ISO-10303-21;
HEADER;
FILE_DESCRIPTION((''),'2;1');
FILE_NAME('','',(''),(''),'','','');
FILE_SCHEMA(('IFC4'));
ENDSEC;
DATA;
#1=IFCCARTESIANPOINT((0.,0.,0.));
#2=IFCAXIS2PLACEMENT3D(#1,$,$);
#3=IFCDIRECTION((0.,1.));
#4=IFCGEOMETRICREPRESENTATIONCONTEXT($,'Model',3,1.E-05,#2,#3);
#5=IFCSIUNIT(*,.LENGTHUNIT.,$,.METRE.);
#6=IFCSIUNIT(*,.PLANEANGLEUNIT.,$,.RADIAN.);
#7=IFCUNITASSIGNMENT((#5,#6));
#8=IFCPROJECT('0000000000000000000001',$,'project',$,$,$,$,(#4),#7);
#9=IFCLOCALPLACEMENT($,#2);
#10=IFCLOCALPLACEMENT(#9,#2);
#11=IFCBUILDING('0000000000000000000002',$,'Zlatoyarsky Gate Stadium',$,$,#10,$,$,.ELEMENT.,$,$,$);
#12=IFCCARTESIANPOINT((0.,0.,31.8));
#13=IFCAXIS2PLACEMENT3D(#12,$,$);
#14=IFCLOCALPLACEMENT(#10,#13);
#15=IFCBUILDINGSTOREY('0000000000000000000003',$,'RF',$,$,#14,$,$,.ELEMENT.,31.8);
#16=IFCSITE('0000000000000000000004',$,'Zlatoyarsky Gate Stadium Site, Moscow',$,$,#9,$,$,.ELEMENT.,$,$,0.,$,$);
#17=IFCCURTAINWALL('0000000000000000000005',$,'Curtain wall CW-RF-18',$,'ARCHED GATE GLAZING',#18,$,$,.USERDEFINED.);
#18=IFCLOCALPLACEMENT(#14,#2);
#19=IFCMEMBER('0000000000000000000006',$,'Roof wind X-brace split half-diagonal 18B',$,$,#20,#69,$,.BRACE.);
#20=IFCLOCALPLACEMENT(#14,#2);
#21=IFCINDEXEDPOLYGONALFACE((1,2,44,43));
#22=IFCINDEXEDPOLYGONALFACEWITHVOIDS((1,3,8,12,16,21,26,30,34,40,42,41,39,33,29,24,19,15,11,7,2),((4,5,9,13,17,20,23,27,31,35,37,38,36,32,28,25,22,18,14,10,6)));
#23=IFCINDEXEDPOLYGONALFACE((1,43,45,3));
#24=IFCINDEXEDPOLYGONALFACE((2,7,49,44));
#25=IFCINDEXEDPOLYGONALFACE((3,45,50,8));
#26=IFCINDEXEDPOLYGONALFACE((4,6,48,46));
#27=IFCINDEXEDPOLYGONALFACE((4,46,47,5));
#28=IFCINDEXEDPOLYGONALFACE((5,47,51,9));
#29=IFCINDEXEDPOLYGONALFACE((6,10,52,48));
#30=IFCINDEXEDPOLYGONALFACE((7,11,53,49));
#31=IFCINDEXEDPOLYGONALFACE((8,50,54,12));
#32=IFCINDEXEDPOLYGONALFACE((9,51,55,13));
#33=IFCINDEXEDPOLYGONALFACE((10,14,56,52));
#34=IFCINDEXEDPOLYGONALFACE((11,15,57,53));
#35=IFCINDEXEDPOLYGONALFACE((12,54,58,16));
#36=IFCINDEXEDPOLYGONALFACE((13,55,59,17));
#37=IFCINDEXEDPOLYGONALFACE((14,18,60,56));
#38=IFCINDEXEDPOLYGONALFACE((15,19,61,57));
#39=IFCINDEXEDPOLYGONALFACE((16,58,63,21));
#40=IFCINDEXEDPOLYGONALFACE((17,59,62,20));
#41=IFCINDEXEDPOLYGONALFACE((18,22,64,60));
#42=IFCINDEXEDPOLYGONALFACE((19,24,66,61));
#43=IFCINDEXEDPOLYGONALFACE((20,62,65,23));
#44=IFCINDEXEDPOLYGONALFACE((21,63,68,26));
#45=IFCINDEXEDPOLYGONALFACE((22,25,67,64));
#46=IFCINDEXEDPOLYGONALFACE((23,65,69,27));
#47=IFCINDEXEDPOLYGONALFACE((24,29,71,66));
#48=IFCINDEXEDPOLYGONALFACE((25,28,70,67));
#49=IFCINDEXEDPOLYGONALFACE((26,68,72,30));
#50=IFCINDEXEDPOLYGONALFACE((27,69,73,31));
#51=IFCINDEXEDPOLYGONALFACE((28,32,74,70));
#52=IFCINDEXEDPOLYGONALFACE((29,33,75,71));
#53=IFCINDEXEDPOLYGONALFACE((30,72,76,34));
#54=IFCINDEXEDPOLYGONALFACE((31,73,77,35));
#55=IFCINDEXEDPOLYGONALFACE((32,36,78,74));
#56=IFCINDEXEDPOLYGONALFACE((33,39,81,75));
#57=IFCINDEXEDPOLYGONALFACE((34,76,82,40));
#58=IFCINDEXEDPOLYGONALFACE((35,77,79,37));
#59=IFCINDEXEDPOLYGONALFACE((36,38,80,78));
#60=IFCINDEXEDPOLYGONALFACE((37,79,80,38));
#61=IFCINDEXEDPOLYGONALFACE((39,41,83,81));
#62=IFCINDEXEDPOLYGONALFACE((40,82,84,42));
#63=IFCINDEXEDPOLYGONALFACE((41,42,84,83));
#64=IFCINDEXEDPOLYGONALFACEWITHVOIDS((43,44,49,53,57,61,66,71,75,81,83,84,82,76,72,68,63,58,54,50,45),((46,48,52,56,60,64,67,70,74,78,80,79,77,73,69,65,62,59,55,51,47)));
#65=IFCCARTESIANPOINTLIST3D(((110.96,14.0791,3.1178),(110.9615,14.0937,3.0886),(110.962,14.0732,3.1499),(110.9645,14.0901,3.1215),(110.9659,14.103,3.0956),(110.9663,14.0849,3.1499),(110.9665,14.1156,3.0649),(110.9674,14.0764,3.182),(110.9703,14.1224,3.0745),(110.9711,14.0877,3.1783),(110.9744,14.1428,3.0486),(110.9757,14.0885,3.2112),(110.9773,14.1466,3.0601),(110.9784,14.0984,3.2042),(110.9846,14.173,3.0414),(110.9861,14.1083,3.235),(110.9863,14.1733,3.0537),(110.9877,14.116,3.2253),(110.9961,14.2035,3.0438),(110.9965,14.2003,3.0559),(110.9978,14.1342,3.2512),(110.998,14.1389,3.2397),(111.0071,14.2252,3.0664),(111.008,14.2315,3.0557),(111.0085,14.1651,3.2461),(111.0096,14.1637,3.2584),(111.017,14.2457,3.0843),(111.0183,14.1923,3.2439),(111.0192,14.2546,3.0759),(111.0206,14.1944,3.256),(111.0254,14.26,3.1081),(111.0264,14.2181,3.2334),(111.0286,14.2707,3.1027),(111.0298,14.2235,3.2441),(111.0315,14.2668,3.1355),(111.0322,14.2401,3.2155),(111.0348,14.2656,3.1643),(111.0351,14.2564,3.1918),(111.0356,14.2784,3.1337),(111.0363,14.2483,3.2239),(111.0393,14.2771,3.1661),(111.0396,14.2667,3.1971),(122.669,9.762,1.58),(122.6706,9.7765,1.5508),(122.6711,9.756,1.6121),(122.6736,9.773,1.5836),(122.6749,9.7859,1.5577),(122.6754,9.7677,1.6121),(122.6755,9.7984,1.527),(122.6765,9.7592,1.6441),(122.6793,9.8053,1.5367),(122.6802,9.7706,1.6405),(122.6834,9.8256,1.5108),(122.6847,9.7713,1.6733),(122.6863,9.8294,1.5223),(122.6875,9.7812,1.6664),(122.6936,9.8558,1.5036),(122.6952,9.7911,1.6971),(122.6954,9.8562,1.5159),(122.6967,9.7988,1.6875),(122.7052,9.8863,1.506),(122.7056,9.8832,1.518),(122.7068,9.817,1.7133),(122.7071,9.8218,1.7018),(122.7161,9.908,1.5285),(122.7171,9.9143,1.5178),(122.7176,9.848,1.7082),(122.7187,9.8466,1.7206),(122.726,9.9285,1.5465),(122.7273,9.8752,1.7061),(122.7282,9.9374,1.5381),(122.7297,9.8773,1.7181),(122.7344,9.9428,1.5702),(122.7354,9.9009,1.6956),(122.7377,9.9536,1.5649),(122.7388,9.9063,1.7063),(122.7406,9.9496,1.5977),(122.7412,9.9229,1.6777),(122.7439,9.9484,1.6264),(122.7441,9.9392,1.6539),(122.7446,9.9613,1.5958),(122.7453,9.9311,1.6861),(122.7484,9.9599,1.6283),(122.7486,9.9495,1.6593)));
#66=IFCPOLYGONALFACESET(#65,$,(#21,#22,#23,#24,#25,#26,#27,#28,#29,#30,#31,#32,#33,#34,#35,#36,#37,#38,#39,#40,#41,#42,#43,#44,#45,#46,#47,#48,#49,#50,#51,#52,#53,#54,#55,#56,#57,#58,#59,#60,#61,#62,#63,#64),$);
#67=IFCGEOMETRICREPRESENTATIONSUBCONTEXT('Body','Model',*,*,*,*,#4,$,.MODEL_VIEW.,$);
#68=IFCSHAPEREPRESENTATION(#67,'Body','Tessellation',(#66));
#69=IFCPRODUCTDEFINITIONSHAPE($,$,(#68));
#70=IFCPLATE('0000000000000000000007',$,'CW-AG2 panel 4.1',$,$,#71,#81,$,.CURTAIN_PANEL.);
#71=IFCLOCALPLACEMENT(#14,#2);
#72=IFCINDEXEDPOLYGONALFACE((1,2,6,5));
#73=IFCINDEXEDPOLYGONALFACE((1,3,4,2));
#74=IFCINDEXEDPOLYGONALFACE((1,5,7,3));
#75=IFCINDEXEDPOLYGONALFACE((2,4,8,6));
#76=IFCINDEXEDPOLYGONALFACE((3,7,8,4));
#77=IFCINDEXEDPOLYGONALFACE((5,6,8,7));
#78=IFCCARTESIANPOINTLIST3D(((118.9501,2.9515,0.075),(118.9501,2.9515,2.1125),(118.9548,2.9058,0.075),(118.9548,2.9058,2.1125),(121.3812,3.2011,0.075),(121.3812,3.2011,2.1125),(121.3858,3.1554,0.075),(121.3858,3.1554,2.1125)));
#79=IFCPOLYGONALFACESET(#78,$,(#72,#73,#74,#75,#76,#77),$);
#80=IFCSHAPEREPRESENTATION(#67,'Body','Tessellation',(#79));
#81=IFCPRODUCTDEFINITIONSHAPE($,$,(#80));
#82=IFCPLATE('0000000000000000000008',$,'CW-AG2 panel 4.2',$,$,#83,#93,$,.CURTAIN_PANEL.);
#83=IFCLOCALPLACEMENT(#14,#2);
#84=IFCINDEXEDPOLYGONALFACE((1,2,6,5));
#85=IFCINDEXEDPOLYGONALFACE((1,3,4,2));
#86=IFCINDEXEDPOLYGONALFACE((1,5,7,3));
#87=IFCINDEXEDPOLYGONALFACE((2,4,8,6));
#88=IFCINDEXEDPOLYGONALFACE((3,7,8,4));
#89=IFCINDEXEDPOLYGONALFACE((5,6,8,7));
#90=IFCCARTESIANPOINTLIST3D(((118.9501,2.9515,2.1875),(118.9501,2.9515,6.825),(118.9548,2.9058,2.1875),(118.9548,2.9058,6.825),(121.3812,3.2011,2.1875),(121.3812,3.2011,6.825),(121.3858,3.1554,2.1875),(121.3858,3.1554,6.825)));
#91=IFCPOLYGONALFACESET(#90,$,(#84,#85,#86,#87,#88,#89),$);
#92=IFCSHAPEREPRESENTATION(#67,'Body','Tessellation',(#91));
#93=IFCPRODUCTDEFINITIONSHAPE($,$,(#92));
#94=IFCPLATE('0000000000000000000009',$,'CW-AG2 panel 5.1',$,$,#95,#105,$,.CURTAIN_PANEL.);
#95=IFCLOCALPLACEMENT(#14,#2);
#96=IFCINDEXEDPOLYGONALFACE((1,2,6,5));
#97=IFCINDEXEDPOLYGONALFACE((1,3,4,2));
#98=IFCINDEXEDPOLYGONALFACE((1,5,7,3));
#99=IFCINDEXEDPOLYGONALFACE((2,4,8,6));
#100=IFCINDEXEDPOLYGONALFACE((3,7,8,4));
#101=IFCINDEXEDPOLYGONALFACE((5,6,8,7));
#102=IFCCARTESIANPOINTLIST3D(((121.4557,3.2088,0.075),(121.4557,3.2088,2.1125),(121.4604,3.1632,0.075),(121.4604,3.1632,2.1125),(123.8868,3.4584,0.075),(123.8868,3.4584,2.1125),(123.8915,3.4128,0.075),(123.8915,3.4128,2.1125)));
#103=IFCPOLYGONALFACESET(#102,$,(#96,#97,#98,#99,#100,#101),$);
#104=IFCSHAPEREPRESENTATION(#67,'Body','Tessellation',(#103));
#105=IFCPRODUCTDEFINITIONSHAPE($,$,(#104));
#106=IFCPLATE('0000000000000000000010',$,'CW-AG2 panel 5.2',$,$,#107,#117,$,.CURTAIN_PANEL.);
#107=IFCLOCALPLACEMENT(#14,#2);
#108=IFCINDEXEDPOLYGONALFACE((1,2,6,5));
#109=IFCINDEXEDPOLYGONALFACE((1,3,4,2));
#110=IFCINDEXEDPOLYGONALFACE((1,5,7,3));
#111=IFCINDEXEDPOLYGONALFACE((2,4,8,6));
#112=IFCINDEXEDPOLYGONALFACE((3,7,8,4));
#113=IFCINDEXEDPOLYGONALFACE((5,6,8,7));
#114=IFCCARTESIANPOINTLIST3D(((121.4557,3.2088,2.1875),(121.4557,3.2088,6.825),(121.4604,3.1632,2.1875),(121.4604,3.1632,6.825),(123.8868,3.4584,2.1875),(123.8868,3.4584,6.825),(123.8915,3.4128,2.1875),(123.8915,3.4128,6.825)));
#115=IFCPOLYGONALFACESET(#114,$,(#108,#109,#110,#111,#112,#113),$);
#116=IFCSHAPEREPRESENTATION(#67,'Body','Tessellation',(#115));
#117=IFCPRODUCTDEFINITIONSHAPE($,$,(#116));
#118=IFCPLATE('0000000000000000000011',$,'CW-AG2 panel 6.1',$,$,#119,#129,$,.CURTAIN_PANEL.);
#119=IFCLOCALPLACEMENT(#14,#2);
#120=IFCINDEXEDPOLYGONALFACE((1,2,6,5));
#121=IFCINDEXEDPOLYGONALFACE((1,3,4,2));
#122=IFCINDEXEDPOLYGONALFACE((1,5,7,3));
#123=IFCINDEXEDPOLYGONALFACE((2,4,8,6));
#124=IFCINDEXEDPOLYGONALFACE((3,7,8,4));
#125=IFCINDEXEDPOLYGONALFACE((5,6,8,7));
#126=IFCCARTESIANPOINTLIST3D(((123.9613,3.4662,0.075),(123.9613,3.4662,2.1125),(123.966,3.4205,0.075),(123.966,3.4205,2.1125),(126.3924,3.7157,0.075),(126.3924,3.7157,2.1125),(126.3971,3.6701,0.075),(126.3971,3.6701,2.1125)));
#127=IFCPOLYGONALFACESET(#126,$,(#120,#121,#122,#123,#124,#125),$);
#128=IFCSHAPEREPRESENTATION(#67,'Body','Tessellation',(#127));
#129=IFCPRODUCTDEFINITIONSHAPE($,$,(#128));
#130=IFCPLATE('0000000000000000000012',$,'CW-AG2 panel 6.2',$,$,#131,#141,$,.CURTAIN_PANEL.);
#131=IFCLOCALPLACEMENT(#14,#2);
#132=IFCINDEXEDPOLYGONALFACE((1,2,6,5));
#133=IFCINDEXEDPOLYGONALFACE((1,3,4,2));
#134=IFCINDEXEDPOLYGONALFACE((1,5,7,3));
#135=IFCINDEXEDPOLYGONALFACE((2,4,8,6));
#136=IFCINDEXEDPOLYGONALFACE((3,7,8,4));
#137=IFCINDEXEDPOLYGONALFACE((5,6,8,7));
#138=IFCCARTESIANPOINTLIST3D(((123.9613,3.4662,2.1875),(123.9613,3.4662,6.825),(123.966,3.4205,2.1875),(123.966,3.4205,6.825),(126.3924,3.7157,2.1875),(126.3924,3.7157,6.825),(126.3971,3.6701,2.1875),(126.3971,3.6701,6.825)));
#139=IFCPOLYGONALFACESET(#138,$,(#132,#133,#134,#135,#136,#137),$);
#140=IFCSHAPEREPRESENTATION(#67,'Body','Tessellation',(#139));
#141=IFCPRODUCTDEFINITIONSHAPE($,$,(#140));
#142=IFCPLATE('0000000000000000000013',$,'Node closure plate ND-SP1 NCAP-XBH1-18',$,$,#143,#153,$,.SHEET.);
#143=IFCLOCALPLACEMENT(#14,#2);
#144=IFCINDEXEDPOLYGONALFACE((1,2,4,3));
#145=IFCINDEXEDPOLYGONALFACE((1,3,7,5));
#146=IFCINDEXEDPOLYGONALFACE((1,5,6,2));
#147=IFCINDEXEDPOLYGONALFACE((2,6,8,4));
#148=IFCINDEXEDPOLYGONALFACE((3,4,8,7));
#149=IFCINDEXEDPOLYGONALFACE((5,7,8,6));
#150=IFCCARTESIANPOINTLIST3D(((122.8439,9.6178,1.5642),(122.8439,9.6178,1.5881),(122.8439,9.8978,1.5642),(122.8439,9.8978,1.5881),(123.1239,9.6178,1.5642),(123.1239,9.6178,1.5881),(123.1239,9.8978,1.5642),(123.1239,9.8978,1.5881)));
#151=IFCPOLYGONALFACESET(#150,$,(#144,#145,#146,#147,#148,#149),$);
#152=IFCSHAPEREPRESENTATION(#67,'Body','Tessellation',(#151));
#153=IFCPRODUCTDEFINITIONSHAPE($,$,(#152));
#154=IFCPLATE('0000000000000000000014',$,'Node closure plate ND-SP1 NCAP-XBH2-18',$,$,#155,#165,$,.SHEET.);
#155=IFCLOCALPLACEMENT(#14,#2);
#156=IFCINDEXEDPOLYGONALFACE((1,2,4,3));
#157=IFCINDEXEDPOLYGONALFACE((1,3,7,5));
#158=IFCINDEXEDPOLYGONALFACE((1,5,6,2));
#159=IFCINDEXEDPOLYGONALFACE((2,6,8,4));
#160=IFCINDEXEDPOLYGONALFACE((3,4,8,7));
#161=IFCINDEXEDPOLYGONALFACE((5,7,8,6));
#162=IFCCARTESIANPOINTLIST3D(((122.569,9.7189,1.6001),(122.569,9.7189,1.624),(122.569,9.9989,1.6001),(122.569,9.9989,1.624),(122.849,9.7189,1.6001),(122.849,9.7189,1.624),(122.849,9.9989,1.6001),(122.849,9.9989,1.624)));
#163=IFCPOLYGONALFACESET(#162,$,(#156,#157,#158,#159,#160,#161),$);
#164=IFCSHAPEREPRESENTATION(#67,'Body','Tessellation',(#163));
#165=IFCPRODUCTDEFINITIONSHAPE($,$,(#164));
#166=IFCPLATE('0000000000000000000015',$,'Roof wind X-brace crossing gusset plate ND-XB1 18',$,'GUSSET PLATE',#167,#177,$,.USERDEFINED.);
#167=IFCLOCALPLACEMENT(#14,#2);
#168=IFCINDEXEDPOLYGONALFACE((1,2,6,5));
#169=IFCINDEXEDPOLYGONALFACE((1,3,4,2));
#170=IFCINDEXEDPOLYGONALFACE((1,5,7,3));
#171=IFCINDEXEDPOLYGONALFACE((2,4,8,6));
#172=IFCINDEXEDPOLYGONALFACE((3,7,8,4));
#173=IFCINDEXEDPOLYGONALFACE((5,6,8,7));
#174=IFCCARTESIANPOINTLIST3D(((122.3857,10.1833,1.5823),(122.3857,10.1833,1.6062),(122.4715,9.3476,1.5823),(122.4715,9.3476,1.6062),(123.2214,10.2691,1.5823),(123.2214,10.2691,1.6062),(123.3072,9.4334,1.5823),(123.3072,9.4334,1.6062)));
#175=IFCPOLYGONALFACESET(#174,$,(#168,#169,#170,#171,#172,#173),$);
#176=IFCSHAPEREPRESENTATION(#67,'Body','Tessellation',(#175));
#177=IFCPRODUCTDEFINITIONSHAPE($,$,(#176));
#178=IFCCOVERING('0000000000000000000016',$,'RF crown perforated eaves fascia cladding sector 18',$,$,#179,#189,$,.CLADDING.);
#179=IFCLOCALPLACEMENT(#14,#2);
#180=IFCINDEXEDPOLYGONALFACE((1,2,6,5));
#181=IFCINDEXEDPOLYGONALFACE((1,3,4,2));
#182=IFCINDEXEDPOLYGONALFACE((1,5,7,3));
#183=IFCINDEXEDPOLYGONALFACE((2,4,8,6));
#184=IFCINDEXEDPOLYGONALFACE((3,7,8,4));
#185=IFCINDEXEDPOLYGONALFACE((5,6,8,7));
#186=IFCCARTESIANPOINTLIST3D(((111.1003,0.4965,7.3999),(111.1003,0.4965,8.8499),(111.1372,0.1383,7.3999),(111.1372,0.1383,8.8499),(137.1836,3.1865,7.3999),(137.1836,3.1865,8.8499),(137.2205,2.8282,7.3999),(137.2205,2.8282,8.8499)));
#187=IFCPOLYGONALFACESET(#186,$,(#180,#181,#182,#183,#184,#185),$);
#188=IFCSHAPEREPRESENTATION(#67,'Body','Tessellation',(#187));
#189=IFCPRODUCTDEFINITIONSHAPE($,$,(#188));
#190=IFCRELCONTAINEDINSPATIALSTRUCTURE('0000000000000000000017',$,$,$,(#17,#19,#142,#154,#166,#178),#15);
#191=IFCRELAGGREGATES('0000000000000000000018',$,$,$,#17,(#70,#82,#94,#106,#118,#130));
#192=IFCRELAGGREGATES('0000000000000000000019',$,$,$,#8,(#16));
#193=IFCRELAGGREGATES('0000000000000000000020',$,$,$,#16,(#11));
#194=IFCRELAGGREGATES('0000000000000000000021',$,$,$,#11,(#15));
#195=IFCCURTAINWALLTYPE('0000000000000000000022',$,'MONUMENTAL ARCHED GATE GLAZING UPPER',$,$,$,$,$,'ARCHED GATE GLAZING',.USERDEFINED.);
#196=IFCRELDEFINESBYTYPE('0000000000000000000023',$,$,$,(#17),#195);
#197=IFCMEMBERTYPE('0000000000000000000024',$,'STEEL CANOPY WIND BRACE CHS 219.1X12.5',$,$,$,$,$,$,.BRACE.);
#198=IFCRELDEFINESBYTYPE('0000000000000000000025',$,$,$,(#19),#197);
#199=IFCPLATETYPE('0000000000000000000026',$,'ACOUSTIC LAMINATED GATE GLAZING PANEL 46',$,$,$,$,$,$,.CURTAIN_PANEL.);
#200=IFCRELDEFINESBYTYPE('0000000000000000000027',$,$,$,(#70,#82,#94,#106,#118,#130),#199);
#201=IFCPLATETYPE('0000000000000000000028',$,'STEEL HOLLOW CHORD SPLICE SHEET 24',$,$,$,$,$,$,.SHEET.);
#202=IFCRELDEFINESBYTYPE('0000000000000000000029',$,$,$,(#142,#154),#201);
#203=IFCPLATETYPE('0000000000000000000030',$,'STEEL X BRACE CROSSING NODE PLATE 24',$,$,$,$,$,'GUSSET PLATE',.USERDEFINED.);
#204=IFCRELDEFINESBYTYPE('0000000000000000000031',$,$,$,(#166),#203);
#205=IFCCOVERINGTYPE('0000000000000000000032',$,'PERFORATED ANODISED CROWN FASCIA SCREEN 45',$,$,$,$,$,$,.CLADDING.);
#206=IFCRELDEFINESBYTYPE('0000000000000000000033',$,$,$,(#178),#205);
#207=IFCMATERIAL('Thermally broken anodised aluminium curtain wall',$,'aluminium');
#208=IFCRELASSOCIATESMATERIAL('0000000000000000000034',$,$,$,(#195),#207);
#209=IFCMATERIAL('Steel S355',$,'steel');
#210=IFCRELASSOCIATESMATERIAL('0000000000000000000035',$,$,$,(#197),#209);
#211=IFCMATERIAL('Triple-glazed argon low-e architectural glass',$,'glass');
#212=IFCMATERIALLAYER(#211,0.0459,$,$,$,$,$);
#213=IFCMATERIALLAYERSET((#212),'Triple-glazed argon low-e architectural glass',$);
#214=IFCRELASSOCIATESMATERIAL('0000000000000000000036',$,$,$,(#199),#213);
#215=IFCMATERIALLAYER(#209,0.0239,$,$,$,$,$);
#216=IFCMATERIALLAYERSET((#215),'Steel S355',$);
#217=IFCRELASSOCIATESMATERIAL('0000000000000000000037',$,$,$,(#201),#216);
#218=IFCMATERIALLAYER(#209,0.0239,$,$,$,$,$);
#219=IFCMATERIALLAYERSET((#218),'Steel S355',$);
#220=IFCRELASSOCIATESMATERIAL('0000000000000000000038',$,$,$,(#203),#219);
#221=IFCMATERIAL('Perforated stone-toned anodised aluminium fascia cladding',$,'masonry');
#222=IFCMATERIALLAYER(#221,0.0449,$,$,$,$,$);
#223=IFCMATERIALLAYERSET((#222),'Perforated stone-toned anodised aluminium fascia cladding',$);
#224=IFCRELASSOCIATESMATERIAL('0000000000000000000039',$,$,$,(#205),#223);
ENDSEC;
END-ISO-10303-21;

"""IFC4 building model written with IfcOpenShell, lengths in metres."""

from ifc_helpers import new_model, si_unit, direction, frame, origin, origin_2d, place, context, subcontext, project, spatial, rectangle, hollow_circle, extrude, material, layer, layer_set, material_profile, profile_set, type_object, element, aggregate, save


model = new_model("IFC4")

# Units and contexts
model_context = context("Model", 3, precision=1e-05, world=origin(), true_north=direction((0.0, 1.0)))
body_context = subcontext(model_context, "Body", "Model", "MODEL_VIEW")
ifc_project = project(units=[si_unit("LENGTHUNIT", "METRE"), si_unit("PLANEANGLEUNIT", "RADIAN")], contexts=[model_context])

# Site, building, storey
site_placement = place(None, origin())
site = spatial("IfcSite", under=ifc_project, at=site_placement, Name="Zlatoyarsky Gate Stadium Site, Moscow", CompositionType="ELEMENT", RefElevation=0.0)
building_placement = place(site_placement, origin())
building = spatial("IfcBuilding", under=site, at=building_placement, Name="Zlatoyarsky Gate Stadium", CompositionType="ELEMENT")
storey_placement = place(building_placement, frame((0.0, 0.0, 31.8)))
storey = spatial("IfcBuildingStorey", under=building, at=storey_placement, Name="RF", CompositionType="ELEMENT", Elevation=31.8)

# Curtain wall
ifc_material_1 = material(Name="Thermally broken anodised aluminium curtain wall", Category="aluminium")
curtain_wall_type = type_object("IfcCurtainWallType", Name="MONUMENTAL ARCHED GATE GLAZING UPPER", ElementType="ARCHED GATE GLAZING", PredefinedType="USERDEFINED", material=ifc_material_1)
curtain_wall_placement = place(storey_placement, origin())
curtain_wall = element("IfcCurtainWall", 1, at=curtain_wall_placement, inside=storey, type_object=curtain_wall_type, Name="Curtain wall CW-RF-18", ObjectType="ARCHED GATE GLAZING", PredefinedType="USERDEFINED")

# Member
ifc_material_2 = material(Name="Steel S355", Category="steel")
ifc_material_profile_1 = material_profile(ifc_material_2, hollow_circle(Radius=0.1096, WallThickness=0.0125, at=origin_2d()), Name="CHS 219.1X12.5")
ifc_profile_set_1 = profile_set([ifc_material_profile_1], Name="Steel S355")
member_type_1 = type_object("IfcMemberType", Name="STEEL CANOPY WIND BRACE CHS 219.1X12.5", PredefinedType="BRACE", material=ifc_profile_set_1)
member_1_placement = place(storey_placement, frame((122.709, 9.8589, 1.6121), z_axis=(-0.931213, 0.343341, 0.122304), x_axis=(-0.345938, -0.938257, 0.0)))
element("IfcMember", 2, at=member_1_placement, inside=storey, type_object=member_type_1, Name="Roof wind X-brace split half-diagonal 18B", PredefinedType="BRACE", context=body_context, shape_type="SweptSolid", body=[
    extrude(hollow_circle(Radius=0.1096, WallThickness=0.0125, at=origin_2d()), origin(), (0.0, 0.0, 1.0), 12.574),
])

# Plates
ifc_material_3 = material(Name="Triple-glazed argon low-e architectural glass", Category="glass")
ifc_layer_1 = layer(ifc_material_3, 0.0459)
ifc_layer_set_1 = layer_set([ifc_layer_1], Name="Triple-glazed argon low-e architectural glass")
plate_type_1 = type_object("IfcPlateType", Name="ACOUSTIC LAMINATED GATE GLAZING PANEL 46", PredefinedType="CURTAIN_PANEL", material=ifc_layer_set_1)
plate_1_placement = place(storey_placement, frame((120.168, 3.0535, 0.075), z_axis=(0.0, 0.0, 1.0), x_axis=(0.994772, 0.102125, 0.0)))
plate_1 = element("IfcPlate", 3, at=plate_1_placement, type_object=plate_type_1, Name="CW-AG2 panel 4.1", PredefinedType="CURTAIN_PANEL", context=body_context, shape_type="SweptSolid", body=[
    extrude(rectangle(XDim=2.4438, YDim=0.0459, at=origin_2d()), origin(), (0.0, 0.0, 1.0), 2.0376),
])
plate_2_placement = place(storey_placement, frame((120.168, 3.0535, 2.1875), z_axis=(0.0, 0.0, 1.0), x_axis=(0.994772, 0.102125, 0.0)))
plate_2 = element("IfcPlate", 4, at=plate_2_placement, type_object=plate_type_1, Name="CW-AG2 panel 4.2", PredefinedType="CURTAIN_PANEL", context=body_context, shape_type="SweptSolid", body=[
    extrude(rectangle(XDim=2.4438, YDim=0.0459, at=origin_2d()), origin(), (0.0, 0.0, 1.0), 4.6375),
])
plate_3_placement = place(storey_placement, frame((122.6736, 3.3108, 0.075), z_axis=(0.0, 0.0, 1.0), x_axis=(0.994772, 0.102125, 0.0)))
plate_3 = element("IfcPlate", 5, at=plate_3_placement, type_object=plate_type_1, Name="CW-AG2 panel 5.1", PredefinedType="CURTAIN_PANEL", context=body_context, shape_type="SweptSolid", body=[
    extrude(rectangle(XDim=2.4438, YDim=0.0459, at=origin_2d()), origin(), (0.0, 0.0, 1.0), 2.0376),
])
plate_4_placement = place(storey_placement, frame((122.6736, 3.3108, 2.1875), z_axis=(0.0, 0.0, 1.0), x_axis=(0.994772, 0.102125, 0.0)))
plate_4 = element("IfcPlate", 6, at=plate_4_placement, type_object=plate_type_1, Name="CW-AG2 panel 5.2", PredefinedType="CURTAIN_PANEL", context=body_context, shape_type="SweptSolid", body=[
    extrude(rectangle(XDim=2.4438, YDim=0.0459, at=origin_2d()), origin(), (0.0, 0.0, 1.0), 4.6375),
])
plate_5_placement = place(storey_placement, frame((125.1792, 3.5681, 0.075), z_axis=(0.0, 0.0, 1.0), x_axis=(0.994772, 0.102125, 0.0)))
plate_5 = element("IfcPlate", 7, at=plate_5_placement, type_object=plate_type_1, Name="CW-AG2 panel 6.1", PredefinedType="CURTAIN_PANEL", context=body_context, shape_type="SweptSolid", body=[
    extrude(rectangle(XDim=2.4438, YDim=0.0459, at=origin_2d()), origin(), (0.0, 0.0, 1.0), 2.0376),
])
plate_6_placement = place(storey_placement, frame((125.1792, 3.5681, 2.1875), z_axis=(0.0, 0.0, 1.0), x_axis=(0.994772, 0.102125, 0.0)))
plate_6 = element("IfcPlate", 8, at=plate_6_placement, type_object=plate_type_1, Name="CW-AG2 panel 6.2", PredefinedType="CURTAIN_PANEL", context=body_context, shape_type="SweptSolid", body=[
    extrude(rectangle(XDim=2.4438, YDim=0.0459, at=origin_2d()), origin(), (0.0, 0.0, 1.0), 4.6375),
])
aggregate(curtain_wall, [plate_1, plate_2, plate_3, plate_4, plate_5, plate_6])

# Plates
ifc_layer_2 = layer(ifc_material_2, 0.0239)
ifc_layer_set_2 = layer_set([ifc_layer_2], Name="Steel S355")
plate_type_2 = type_object("IfcPlateType", Name="STEEL HOLLOW CHORD SPLICE SHEET 24", PredefinedType="SHEET", material=ifc_layer_set_2)
for number, where, z_axis, x_axis, name in (
    (9, (122.9839, 9.7578, 1.5642), (0.0, 0.0, 1.0), (1.0, 0.0, 0.0), "Node closure plate ND-SP1 NCAP-XBH1-18"),
    (10, (122.709, 9.8589, 1.6001), (0.0, 0.0, 1.0), (1.0, 0.0, 0.0), "Node closure plate ND-SP1 NCAP-XBH2-18"),
):
    element("IfcPlate", number, at=place(storey_placement, frame(where, z_axis=z_axis, x_axis=x_axis)), inside=storey, type_object=plate_type_2, Name=name, PredefinedType="SHEET", context=body_context, shape_type="SweptSolid", body=[
        extrude(rectangle(XDim=0.28, YDim=0.28, at=origin_2d()), origin(), (0.0, 0.0, 1.0), 0.0239),
    ])
ifc_layer_3 = layer(ifc_material_2, 0.0239)
ifc_layer_set_3 = layer_set([ifc_layer_3], Name="Steel S355")
plate_type_3 = type_object("IfcPlateType", Name="STEEL X BRACE CROSSING NODE PLATE 24", ElementType="GUSSET PLATE", PredefinedType="USERDEFINED", material=ifc_layer_set_3)
plate_7_placement = place(storey_placement, frame((122.8464, 9.8083, 1.5823), z_axis=(0.0, 0.0, 1.0), x_axis=(0.994774, 0.102098, 0.0)))
element("IfcPlate", 11, at=plate_7_placement, inside=storey, type_object=plate_type_3, Name="Roof wind X-brace crossing gusset plate ND-XB1 18", ObjectType="GUSSET PLATE", PredefinedType="USERDEFINED", context=body_context, shape_type="SweptSolid", body=[
    extrude(rectangle(XDim=0.8401, YDim=0.8401, at=origin_2d()), origin(), (0.0, 0.0, 1.0), 0.0239),
])

# Covering
ifc_material_4 = material(Name="Perforated stone-toned anodised aluminium fascia cladding", Category="masonry")
ifc_layer_4 = layer(ifc_material_4, 0.0449)
ifc_layer_set_4 = layer_set([ifc_layer_4], Name="Perforated stone-toned anodised aluminium fascia cladding")
covering_type = type_object("IfcCoveringType", Name="PERFORATED ANODISED CROWN FASCIA SCREEN 45", PredefinedType="CLADDING", material=ifc_layer_set_4)
covering_placement = place(storey_placement, frame((124.1604, 1.6624, 7.3999), z_axis=(0.0, 0.0, 1.0), x_axis=(0.994724, 0.102587, 0.0)))
element("IfcCovering", 12, at=covering_placement, inside=storey, type_object=covering_type, Name="RF crown perforated eaves fascia cladding sector 18", PredefinedType="CLADDING", context=body_context, shape_type="SweptSolid", body=[
    extrude(rectangle(XDim=26.2217, YDim=0.3601, at=origin_2d()), origin(), (0.0, 0.0, 1.0), 1.45),
])

save(model, "model.ifc")
